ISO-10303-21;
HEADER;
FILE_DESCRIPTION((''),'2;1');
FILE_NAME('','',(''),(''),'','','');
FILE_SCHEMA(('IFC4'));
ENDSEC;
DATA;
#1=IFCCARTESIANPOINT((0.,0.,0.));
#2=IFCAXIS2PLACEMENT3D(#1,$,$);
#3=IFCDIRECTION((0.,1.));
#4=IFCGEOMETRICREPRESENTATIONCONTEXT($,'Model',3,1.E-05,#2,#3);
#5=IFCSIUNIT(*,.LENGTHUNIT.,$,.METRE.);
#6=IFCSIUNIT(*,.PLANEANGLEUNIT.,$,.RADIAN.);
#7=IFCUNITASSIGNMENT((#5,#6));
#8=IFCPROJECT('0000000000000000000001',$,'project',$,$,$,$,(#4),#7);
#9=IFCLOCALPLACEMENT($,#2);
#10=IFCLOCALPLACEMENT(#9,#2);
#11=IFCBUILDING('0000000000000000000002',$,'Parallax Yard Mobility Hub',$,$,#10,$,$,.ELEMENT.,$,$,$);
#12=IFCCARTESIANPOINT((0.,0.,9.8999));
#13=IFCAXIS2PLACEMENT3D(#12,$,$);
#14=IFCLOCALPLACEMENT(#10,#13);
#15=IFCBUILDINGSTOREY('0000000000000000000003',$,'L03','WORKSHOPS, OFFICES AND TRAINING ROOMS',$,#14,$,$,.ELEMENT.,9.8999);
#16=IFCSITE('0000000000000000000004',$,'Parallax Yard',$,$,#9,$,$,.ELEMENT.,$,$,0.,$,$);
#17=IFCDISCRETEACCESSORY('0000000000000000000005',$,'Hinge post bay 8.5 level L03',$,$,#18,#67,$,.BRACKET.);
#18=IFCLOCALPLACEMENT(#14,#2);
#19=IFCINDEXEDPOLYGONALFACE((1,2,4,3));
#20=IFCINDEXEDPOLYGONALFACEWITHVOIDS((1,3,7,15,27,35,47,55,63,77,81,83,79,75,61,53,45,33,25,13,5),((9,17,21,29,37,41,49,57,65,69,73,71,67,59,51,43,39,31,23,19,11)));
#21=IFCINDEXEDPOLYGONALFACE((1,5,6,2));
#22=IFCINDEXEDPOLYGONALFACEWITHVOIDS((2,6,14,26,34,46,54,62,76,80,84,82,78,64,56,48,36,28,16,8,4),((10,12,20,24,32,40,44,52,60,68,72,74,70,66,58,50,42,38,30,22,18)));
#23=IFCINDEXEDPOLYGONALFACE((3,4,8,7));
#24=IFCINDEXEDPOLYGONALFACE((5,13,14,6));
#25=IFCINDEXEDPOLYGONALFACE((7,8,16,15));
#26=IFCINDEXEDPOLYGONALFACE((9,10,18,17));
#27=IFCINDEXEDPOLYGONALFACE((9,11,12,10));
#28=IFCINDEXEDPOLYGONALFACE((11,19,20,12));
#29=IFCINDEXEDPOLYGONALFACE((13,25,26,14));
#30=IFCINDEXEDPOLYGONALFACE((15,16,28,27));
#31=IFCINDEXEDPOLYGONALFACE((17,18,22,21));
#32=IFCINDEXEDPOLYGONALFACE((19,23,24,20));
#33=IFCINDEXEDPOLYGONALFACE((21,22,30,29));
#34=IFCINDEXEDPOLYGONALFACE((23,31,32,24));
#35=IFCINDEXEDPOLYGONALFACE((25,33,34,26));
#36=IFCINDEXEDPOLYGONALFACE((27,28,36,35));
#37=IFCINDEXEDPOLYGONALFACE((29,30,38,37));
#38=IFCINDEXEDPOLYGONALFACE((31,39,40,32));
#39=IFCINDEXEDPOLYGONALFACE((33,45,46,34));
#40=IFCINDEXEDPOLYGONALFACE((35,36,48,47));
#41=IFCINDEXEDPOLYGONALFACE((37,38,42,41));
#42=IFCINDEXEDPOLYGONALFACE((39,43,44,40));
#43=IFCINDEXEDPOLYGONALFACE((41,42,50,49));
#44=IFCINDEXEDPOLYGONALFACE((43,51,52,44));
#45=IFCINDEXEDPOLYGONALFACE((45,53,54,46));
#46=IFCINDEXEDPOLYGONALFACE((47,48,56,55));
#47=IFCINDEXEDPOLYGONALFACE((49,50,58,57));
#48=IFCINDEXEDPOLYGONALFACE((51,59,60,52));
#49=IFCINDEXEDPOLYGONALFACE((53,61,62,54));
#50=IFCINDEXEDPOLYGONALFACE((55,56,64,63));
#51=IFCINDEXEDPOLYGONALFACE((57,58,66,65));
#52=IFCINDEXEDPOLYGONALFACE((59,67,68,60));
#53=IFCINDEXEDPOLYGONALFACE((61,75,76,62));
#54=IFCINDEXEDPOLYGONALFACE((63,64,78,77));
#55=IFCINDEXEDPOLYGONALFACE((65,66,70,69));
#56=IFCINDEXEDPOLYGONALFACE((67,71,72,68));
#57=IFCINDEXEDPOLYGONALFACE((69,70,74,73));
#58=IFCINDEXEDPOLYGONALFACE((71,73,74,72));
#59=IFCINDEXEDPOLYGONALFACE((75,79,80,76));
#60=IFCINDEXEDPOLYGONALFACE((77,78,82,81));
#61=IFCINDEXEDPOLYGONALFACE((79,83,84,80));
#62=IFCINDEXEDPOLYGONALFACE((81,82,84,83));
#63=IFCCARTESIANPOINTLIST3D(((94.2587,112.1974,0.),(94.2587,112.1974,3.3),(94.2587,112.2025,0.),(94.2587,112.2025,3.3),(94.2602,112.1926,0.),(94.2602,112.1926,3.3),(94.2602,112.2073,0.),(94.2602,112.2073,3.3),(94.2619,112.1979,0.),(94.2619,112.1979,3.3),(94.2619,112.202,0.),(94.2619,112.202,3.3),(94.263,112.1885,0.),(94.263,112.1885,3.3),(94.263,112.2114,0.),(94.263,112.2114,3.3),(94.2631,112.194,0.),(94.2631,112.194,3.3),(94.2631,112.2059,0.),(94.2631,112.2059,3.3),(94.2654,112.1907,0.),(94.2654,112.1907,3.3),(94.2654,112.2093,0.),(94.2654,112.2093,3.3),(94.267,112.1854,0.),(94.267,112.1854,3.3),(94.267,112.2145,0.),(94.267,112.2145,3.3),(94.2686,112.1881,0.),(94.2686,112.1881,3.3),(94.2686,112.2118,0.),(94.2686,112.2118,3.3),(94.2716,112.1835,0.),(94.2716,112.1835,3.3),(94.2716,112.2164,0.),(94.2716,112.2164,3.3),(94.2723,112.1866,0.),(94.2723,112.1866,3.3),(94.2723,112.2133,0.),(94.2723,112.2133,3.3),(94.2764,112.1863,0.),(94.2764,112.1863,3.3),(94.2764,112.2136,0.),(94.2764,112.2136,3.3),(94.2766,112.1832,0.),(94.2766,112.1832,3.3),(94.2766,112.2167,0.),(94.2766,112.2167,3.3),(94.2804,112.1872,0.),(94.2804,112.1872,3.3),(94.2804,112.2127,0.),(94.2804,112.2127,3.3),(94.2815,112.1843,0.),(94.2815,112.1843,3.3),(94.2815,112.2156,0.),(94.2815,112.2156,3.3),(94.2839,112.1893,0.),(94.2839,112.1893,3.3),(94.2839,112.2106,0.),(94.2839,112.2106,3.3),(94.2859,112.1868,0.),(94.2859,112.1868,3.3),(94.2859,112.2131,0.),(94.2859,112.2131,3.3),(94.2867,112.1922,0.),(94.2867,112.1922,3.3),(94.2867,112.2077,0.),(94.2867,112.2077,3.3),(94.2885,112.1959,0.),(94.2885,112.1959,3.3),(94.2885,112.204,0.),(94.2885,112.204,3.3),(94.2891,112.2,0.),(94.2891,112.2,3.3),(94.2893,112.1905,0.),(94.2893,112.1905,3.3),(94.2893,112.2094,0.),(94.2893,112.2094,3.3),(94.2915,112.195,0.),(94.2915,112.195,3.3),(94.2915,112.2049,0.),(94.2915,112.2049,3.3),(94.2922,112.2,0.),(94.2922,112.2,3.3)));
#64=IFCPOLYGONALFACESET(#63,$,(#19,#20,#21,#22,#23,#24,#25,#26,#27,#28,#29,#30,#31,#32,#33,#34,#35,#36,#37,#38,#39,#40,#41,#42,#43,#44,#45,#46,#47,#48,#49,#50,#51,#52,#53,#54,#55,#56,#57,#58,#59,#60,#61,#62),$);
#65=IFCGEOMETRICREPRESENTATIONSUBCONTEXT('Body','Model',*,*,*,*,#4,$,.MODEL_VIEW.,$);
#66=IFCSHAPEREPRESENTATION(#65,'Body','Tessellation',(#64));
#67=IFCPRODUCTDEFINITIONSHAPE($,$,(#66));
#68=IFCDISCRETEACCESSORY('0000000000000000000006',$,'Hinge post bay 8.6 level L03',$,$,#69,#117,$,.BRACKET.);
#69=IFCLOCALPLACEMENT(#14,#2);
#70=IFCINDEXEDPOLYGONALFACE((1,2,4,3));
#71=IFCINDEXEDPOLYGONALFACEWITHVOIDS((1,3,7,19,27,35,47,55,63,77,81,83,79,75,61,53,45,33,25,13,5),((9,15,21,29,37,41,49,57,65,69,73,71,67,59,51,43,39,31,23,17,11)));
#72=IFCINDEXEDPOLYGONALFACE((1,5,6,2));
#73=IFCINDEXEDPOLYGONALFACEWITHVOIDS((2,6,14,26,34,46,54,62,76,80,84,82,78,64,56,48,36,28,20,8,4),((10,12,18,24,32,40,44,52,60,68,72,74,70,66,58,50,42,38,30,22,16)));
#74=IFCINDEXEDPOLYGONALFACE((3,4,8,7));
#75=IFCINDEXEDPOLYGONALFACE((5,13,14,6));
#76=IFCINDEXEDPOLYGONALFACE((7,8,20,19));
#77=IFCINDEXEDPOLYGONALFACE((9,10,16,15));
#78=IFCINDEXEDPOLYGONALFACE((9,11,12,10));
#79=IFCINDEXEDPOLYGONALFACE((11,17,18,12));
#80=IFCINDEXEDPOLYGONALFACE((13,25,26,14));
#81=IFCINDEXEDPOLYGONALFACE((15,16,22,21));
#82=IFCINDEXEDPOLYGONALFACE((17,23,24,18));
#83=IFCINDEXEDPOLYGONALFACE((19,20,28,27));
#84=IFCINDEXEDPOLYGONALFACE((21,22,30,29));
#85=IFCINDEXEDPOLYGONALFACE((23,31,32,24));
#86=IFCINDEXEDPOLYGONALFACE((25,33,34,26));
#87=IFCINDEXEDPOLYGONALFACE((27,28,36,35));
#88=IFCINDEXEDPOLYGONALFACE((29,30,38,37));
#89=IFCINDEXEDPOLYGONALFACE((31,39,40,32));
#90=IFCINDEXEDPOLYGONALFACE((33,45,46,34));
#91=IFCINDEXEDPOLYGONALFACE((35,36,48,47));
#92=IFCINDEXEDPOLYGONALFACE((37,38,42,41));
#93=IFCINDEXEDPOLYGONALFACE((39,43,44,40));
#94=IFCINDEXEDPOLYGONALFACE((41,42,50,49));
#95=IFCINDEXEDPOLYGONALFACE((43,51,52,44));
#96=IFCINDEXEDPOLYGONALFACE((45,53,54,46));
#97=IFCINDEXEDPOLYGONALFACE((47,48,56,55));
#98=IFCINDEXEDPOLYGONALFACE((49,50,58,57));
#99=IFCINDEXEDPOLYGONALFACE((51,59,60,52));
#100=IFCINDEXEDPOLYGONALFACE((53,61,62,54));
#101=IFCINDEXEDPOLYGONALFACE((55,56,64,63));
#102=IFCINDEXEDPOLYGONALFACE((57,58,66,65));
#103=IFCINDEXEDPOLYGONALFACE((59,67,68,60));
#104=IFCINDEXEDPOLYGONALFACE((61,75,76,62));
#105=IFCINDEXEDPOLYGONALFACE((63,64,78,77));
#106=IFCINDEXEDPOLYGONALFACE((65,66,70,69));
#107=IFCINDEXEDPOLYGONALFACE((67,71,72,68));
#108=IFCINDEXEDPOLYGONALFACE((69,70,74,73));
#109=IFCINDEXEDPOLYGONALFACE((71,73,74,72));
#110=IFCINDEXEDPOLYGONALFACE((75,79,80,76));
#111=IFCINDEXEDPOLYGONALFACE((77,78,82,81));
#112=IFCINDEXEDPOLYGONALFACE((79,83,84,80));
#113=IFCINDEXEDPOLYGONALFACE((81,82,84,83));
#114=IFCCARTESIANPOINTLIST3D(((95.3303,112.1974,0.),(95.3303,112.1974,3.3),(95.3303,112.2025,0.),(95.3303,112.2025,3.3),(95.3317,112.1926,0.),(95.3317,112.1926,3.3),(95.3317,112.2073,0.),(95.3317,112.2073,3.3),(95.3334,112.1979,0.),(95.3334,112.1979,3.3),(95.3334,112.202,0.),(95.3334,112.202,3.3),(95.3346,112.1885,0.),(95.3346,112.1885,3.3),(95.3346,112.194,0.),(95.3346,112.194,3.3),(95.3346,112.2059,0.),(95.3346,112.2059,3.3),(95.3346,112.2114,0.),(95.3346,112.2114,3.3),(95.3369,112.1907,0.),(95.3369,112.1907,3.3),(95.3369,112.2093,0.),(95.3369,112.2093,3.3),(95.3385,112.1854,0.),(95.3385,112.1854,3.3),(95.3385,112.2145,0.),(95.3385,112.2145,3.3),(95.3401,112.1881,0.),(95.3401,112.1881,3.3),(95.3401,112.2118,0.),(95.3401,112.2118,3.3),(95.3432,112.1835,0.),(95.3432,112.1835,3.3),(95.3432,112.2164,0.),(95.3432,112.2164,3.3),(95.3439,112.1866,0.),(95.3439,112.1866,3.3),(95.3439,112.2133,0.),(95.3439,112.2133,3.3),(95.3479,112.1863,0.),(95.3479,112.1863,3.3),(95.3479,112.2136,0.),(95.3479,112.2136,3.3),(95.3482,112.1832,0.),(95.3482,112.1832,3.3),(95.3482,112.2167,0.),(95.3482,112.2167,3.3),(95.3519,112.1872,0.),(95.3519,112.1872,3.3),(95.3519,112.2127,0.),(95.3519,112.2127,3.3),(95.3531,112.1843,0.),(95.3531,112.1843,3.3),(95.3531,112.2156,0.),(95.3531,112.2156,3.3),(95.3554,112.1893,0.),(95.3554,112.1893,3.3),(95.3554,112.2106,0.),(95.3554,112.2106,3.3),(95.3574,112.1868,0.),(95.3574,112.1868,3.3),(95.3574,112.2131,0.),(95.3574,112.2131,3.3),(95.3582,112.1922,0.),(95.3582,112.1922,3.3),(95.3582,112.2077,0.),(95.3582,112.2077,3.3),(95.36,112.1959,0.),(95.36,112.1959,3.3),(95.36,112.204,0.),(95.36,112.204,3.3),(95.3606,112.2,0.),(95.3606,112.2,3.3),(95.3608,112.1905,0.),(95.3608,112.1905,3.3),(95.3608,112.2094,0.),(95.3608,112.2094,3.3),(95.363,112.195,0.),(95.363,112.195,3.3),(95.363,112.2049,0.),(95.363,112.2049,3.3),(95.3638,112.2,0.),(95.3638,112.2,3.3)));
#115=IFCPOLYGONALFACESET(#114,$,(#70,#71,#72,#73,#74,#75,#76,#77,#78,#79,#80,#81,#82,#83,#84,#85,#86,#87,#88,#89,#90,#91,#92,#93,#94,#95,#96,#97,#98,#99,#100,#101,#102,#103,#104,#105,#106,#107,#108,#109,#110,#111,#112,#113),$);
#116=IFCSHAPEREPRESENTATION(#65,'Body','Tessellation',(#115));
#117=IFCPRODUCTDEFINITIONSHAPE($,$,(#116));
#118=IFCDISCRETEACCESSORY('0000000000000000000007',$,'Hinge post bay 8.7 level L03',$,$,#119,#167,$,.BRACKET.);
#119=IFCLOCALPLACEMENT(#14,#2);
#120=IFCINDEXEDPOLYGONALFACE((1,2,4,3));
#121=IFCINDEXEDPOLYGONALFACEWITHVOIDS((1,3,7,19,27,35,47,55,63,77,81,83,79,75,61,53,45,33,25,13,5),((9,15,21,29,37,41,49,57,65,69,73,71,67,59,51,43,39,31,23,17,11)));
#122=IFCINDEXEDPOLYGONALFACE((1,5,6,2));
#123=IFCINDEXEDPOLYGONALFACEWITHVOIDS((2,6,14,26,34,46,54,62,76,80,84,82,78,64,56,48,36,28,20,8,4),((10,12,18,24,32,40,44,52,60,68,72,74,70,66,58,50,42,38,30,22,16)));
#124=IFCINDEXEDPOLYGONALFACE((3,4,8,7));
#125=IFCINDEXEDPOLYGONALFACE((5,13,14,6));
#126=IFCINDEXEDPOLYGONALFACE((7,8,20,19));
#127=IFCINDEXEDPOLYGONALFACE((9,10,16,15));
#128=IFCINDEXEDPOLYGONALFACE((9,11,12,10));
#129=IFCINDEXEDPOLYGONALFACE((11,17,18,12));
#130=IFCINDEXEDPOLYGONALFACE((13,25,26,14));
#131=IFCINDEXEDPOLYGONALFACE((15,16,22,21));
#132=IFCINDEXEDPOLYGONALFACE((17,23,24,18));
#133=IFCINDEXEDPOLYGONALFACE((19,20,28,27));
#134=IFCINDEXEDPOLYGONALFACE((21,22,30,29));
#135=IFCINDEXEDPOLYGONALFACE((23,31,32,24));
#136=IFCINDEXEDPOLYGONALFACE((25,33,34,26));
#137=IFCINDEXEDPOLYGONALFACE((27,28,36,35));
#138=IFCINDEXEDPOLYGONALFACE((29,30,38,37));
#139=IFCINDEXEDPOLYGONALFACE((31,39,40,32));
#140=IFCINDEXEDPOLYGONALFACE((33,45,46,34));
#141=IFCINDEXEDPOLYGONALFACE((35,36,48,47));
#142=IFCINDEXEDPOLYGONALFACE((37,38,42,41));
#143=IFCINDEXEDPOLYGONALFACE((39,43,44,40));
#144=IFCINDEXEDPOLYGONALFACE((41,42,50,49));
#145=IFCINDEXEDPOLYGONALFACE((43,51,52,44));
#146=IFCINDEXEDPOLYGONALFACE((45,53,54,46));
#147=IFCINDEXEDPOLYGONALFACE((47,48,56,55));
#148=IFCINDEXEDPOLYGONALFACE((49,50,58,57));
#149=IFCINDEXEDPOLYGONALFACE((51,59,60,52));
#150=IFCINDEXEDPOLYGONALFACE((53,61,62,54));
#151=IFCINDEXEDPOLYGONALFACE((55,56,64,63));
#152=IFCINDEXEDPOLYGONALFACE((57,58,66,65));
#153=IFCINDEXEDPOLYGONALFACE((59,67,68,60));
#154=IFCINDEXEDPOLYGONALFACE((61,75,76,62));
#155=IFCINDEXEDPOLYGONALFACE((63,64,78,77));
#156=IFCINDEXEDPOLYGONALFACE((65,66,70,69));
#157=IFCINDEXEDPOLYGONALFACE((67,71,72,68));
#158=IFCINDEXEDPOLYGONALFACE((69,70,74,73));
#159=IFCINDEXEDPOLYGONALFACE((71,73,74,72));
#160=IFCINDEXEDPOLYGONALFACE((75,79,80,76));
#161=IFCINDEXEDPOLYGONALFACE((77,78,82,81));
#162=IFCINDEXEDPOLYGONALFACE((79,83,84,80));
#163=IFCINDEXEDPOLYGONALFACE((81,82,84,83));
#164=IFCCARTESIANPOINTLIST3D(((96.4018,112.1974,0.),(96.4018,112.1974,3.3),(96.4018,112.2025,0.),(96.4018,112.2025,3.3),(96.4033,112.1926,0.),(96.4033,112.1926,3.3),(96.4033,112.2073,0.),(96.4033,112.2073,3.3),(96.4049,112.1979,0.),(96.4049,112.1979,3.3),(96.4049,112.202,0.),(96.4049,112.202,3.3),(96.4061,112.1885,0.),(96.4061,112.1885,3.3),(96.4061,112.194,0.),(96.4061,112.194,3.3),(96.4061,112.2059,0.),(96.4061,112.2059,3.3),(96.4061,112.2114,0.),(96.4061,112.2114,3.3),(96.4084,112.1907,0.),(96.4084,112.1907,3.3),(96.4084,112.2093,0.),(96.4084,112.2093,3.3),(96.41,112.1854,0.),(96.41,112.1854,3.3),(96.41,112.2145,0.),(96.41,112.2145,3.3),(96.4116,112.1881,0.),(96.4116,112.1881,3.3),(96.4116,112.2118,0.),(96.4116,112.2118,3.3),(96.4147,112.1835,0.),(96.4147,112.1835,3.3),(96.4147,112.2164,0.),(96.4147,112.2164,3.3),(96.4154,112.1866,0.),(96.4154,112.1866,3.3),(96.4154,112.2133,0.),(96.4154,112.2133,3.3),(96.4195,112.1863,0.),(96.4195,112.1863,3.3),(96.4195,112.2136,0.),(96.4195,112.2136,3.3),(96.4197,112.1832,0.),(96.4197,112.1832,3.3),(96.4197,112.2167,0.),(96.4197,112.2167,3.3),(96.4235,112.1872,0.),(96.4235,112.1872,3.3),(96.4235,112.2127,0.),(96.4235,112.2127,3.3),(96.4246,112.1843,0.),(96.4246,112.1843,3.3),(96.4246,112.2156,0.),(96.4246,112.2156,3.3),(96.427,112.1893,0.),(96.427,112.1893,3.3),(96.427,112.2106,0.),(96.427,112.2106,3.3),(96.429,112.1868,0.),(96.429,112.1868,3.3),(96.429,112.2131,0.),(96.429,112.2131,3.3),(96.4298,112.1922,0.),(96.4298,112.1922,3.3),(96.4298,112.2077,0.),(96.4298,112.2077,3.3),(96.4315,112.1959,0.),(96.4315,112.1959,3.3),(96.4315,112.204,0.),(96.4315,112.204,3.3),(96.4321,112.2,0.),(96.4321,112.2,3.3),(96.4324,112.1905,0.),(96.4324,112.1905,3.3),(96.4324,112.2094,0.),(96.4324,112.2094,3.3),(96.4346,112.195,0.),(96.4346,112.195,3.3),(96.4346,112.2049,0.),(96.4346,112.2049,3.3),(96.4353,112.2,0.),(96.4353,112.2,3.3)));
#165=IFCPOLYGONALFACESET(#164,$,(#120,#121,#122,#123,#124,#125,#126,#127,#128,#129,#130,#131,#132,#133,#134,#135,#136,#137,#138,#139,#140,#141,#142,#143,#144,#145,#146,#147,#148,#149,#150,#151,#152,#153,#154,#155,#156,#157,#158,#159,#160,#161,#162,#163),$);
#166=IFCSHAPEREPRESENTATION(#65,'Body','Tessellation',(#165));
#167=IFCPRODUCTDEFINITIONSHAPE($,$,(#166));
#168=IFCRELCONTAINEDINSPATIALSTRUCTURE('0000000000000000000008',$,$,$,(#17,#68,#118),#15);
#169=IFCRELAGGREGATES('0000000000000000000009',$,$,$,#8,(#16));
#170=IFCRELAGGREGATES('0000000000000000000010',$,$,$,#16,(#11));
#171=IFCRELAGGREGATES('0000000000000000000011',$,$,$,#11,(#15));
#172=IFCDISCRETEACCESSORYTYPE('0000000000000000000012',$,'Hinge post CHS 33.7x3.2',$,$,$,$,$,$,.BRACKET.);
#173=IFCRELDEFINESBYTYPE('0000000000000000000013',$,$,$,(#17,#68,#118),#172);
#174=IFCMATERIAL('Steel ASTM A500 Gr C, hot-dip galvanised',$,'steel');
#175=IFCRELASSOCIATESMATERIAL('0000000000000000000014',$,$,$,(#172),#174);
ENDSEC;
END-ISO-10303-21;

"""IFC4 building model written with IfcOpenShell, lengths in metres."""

from ifc_helpers import new_model, si_unit, direction, frame, origin, origin_2d, place, context, subcontext, project, spatial, hollow_circle, extrude, material, material_profile, profile_set, type_object, element, save


model = new_model("IFC4")

# Units and contexts
model_context = context("Model", 3, precision=1e-05, world=origin(), true_north=direction((0.0, 1.0)))
body_context = subcontext(model_context, "Body", "Model", "MODEL_VIEW")
ifc_project = project(units=[si_unit("LENGTHUNIT", "METRE"), si_unit("PLANEANGLEUNIT", "RADIAN")], contexts=[model_context])

# Site, building, storey
site_placement = place(None, origin())
site = spatial("IfcSite", under=ifc_project, at=site_placement, Name="Parallax Yard", CompositionType="ELEMENT", RefElevation=0.0)
building_placement = place(site_placement, origin())
building = spatial("IfcBuilding", under=site, at=building_placement, Name="Parallax Yard Mobility Hub", CompositionType="ELEMENT")
storey_placement = place(building_placement, frame((0.0, 0.0, 9.8999)))
storey = spatial("IfcBuildingStorey", under=building, at=storey_placement, Name="L03", Description="WORKSHOPS, OFFICES AND TRAINING ROOMS", CompositionType="ELEMENT", Elevation=9.8999)

# Discrete accessories
ifc_material_1 = material(Name="Steel ASTM A500 Gr C, hot-dip galvanised", Category="steel")
ifc_material_profile = material_profile(ifc_material_1, hollow_circle(Radius=0.0168, WallThickness=0.0032, at=origin_2d()), Name="CHS 33.7x3.2")
ifc_profile_set = profile_set([ifc_material_profile], Name="Steel ASTM A500 Gr C, hot-dip galvanised")
discrete_accessory_type = type_object("IfcDiscreteAccessoryType", Name="Hinge post CHS 33.7x3.2", PredefinedType="BRACKET", material=ifc_profile_set)
for number, where, z_axis, x_axis, name in (
    (1, (94.2754, 112.2, 0.0), (0.0, 0.0, 1.0), (1.0, 0.0, 0.0), "Hinge post bay 8.5 level L03"),
    (2, (95.3469, 112.2, 0.0), (0.0, 0.0, 1.0), (1.0, 0.0, 0.0), "Hinge post bay 8.6 level L03"),
    (3, (96.4185, 112.2, 0.0), (0.0, 0.0, 1.0), (1.0, 0.0, 0.0), "Hinge post bay 8.7 level L03"),
):
    element("IfcDiscreteAccessory", number, at=place(storey_placement, frame(where, z_axis=z_axis, x_axis=x_axis)), inside=storey, type_object=discrete_accessory_type, Name=name, PredefinedType="BRACKET", context=body_context, shape_type="SweptSolid", body=[
        extrude(hollow_circle(Radius=0.0168, WallThickness=0.0032, at=origin_2d()), origin(), (0.0, 0.0, 1.0), 3.3),
    ])

save(model, "model.ifc")
